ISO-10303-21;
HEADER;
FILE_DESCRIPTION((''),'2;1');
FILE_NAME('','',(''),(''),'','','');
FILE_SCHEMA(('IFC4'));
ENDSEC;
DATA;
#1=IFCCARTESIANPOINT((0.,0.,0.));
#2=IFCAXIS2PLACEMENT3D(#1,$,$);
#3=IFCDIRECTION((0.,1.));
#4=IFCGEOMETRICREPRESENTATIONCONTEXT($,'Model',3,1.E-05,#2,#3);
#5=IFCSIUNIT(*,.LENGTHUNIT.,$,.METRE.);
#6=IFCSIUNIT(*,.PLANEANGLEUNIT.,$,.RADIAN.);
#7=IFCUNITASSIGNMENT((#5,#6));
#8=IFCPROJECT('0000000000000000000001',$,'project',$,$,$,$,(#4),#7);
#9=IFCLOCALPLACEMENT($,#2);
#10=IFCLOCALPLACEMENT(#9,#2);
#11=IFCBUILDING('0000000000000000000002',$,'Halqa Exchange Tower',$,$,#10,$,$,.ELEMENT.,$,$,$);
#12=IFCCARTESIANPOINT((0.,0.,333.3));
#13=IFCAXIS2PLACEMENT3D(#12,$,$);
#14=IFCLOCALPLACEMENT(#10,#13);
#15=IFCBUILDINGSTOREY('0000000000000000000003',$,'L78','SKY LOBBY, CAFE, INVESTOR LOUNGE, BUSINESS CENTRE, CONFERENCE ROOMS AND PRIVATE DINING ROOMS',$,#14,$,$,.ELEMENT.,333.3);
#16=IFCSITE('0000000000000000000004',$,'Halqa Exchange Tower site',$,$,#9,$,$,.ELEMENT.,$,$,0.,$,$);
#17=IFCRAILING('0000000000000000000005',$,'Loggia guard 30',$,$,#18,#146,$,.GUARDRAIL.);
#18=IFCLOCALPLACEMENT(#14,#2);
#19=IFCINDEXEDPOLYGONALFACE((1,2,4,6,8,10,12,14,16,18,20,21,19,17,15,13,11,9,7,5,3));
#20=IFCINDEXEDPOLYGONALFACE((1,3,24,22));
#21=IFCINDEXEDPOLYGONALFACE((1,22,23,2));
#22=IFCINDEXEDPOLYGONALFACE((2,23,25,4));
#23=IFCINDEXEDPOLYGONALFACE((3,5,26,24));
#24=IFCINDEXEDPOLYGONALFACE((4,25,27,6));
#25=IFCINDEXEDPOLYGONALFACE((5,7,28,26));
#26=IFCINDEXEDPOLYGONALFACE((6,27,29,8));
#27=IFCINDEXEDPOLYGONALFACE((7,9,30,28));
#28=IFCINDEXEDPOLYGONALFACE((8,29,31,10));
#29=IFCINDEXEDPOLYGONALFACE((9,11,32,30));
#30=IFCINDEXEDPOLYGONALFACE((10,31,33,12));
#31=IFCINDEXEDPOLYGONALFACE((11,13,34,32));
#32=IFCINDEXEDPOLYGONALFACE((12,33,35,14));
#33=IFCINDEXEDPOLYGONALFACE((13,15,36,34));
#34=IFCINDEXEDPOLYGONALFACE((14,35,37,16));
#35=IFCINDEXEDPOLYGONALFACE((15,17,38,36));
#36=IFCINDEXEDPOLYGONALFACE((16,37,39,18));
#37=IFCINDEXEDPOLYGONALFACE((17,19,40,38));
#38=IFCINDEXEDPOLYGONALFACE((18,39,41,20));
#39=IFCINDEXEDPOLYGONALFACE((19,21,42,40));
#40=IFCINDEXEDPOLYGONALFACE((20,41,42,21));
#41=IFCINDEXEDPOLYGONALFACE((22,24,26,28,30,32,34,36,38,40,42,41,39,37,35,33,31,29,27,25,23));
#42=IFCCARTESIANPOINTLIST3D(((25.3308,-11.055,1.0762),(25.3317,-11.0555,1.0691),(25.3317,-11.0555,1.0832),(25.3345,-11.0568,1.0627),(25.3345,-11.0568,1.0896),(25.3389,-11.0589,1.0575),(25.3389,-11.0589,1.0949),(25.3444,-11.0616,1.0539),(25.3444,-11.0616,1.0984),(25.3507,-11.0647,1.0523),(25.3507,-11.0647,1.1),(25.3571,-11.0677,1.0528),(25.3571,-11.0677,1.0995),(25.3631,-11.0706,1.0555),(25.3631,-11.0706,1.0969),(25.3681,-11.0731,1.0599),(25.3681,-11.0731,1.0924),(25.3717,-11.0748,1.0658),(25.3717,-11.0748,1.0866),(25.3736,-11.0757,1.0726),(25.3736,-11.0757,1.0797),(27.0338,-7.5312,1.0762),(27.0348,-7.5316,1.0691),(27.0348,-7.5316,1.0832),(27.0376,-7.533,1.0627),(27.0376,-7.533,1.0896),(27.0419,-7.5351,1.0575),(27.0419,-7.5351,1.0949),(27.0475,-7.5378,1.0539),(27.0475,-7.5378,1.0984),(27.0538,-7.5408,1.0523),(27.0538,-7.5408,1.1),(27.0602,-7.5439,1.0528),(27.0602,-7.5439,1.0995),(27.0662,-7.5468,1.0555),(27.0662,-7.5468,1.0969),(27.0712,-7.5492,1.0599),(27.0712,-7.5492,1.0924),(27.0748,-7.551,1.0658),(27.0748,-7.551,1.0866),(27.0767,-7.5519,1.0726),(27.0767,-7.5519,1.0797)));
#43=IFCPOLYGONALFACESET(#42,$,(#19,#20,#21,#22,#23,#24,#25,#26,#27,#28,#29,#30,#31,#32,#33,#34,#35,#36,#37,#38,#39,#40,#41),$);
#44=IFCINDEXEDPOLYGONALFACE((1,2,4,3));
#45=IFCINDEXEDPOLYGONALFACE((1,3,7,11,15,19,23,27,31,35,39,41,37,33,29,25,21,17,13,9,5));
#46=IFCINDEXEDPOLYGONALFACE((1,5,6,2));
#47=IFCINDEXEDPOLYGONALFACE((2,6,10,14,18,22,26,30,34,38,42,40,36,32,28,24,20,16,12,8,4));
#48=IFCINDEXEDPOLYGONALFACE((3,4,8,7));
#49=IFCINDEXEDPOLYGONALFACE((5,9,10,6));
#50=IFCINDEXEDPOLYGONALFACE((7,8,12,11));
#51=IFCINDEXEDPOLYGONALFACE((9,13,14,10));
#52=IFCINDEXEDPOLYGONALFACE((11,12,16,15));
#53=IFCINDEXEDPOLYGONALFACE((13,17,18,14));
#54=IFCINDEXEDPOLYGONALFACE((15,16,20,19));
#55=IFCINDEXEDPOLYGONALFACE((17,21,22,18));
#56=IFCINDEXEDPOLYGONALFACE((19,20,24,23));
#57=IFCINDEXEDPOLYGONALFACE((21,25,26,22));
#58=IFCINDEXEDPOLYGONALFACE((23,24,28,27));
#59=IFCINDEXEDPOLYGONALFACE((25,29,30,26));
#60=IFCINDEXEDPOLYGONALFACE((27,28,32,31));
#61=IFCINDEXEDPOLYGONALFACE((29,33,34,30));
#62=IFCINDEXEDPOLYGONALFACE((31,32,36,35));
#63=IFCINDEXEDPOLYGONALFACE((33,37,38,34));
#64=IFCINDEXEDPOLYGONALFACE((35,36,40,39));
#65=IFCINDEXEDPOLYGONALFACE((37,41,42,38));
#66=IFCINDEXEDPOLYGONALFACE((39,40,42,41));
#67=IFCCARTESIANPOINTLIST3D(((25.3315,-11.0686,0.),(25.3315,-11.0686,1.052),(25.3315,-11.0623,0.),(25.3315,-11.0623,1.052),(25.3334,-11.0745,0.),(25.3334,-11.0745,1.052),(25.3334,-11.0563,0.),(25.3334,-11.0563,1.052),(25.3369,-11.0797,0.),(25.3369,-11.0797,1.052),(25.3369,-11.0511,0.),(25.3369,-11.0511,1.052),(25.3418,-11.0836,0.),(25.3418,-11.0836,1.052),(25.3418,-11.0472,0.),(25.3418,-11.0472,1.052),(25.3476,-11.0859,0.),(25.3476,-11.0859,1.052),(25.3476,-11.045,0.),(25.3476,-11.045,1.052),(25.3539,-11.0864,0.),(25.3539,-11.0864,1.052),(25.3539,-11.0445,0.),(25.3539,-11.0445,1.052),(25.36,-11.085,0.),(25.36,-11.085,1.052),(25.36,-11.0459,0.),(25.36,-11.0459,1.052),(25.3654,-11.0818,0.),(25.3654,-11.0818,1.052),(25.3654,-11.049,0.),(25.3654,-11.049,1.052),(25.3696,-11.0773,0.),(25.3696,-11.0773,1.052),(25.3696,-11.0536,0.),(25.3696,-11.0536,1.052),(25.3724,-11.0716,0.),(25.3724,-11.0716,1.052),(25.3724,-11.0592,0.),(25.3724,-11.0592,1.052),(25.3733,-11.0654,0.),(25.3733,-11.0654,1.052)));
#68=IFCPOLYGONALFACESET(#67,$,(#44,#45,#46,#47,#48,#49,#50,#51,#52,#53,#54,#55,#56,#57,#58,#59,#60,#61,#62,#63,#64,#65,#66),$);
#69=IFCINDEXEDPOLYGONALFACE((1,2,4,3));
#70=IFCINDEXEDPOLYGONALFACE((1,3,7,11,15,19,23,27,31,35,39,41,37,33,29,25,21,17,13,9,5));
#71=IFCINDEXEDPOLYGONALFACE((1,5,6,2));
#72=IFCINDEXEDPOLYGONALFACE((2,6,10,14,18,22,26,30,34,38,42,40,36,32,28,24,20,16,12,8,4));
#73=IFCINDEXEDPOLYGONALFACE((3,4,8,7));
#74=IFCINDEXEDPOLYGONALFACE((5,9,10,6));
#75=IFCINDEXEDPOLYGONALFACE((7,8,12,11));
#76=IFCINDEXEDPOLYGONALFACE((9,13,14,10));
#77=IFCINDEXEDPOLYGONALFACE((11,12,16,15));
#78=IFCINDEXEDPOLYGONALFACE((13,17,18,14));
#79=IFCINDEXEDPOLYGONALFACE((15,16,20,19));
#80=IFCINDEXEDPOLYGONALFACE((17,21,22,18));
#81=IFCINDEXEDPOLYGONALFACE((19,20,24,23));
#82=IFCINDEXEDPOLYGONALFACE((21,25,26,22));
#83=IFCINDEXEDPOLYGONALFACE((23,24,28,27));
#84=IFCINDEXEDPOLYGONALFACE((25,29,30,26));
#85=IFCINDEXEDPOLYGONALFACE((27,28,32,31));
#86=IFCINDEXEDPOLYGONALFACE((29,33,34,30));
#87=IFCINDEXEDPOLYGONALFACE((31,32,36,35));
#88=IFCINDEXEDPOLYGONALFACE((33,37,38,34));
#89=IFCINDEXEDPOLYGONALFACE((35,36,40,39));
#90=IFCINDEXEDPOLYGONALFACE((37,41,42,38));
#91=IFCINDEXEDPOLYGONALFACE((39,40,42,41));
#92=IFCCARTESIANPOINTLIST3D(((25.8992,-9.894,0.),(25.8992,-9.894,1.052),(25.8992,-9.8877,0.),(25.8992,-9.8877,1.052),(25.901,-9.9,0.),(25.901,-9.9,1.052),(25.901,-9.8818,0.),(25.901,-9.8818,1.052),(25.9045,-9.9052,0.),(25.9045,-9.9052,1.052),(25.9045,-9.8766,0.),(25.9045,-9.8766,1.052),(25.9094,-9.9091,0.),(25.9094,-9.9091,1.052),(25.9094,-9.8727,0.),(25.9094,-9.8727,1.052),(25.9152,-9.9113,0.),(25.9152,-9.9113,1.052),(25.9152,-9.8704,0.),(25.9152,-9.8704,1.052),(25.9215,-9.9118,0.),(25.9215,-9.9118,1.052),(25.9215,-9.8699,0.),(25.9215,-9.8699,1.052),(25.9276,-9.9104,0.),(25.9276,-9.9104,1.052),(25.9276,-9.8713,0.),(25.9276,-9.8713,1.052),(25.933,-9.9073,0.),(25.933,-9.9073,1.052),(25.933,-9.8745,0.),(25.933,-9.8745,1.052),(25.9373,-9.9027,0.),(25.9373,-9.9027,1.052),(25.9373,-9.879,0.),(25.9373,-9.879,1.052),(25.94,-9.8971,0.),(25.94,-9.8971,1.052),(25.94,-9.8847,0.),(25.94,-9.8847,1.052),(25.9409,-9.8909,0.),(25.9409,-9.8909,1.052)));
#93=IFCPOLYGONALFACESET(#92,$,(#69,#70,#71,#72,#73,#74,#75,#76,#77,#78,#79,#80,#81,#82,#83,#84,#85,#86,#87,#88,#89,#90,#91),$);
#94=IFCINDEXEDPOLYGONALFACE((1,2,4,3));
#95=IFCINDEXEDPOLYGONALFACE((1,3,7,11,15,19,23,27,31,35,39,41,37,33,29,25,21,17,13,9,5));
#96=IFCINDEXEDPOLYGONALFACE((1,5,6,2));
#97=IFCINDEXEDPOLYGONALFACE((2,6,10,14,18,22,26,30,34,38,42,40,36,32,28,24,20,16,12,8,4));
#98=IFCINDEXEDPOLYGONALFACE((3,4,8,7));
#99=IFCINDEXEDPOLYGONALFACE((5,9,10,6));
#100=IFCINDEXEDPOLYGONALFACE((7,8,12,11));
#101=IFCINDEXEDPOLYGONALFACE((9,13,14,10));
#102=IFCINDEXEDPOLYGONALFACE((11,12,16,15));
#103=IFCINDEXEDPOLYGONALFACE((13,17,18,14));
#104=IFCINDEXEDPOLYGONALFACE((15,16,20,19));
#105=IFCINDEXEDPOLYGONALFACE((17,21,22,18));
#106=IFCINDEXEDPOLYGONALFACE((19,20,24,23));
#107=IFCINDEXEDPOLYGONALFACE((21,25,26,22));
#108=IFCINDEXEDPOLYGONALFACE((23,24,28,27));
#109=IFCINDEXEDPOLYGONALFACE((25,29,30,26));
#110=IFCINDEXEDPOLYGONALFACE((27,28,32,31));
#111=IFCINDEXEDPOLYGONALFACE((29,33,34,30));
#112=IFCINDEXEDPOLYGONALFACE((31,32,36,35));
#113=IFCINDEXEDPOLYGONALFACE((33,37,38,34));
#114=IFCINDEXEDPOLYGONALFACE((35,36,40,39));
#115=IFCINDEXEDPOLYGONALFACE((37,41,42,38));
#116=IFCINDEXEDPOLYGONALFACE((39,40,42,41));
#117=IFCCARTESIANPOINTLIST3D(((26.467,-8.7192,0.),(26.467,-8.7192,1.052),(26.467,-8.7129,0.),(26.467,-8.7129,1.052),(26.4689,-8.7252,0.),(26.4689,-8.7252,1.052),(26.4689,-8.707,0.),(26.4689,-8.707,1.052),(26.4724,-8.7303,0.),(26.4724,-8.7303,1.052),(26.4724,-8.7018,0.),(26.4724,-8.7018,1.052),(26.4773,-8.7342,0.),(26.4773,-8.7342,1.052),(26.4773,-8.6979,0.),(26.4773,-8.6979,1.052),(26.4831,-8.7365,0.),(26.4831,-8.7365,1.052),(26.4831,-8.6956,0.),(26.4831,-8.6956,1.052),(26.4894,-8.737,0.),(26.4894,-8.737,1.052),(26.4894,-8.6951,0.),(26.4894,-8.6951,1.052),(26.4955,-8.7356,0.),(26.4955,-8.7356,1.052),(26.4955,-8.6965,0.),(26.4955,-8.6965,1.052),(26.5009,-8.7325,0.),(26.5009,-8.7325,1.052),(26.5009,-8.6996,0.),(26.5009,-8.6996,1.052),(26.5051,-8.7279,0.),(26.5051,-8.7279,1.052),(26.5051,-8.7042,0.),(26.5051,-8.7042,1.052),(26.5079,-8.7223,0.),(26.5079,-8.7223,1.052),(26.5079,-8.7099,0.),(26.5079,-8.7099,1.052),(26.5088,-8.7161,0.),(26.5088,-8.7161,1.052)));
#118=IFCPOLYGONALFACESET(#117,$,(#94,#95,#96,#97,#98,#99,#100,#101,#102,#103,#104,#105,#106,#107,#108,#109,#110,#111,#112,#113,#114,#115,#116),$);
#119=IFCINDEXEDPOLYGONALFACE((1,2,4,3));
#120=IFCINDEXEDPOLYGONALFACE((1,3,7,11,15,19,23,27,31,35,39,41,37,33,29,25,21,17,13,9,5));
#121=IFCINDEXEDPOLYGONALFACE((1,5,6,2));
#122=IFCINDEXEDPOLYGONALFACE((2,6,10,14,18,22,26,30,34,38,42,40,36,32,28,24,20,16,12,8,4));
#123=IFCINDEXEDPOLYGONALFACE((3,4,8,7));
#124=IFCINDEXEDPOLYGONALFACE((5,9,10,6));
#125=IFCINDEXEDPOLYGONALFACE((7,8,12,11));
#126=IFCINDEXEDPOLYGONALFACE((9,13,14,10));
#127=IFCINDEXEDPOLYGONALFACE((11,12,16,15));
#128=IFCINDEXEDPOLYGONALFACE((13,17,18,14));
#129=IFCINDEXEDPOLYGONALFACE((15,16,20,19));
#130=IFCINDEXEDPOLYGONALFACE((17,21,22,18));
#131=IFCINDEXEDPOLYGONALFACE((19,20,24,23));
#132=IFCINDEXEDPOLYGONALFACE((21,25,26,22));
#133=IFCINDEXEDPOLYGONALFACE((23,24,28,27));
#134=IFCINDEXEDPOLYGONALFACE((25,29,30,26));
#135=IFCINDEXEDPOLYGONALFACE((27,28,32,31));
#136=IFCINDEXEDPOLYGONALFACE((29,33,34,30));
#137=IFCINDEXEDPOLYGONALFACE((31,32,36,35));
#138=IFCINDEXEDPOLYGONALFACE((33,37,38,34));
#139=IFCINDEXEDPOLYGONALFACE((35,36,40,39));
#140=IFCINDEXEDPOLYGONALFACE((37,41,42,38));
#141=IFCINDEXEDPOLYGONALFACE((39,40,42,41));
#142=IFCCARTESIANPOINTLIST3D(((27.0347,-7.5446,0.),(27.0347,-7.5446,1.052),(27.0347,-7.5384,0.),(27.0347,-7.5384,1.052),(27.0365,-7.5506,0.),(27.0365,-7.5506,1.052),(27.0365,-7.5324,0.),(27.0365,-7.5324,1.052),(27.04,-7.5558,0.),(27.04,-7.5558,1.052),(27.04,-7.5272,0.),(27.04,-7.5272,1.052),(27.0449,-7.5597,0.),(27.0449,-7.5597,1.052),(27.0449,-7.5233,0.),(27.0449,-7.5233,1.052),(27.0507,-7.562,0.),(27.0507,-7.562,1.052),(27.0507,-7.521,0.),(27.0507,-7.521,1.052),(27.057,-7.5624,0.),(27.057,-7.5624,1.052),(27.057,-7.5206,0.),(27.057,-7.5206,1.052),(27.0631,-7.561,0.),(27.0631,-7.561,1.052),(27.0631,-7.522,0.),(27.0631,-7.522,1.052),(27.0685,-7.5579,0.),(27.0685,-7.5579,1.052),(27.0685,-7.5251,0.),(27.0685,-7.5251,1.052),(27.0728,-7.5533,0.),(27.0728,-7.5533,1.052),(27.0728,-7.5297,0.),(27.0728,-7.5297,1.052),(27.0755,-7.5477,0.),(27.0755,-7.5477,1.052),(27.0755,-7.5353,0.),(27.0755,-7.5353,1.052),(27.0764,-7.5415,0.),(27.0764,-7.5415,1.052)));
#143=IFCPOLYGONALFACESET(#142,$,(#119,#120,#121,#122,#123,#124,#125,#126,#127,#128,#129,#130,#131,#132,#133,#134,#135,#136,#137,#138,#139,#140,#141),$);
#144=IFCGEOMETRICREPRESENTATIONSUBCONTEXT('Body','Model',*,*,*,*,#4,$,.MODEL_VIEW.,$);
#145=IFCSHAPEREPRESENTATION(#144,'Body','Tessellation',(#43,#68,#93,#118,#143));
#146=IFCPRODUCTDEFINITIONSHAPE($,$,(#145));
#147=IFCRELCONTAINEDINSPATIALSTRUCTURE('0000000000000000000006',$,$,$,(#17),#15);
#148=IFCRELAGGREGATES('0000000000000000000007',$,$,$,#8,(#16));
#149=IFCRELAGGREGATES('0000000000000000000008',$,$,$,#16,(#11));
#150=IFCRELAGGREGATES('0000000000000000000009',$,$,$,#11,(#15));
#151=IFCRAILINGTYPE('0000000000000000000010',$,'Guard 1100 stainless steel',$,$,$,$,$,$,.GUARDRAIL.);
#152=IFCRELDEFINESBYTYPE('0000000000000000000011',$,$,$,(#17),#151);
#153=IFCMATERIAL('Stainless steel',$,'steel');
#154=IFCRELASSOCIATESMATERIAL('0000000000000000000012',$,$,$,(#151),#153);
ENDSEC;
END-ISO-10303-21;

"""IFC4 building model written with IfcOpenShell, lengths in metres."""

from ifc_helpers import new_model, si_unit, direction, frame, origin, origin_2d, place, context, subcontext, project, spatial, circle, extrude, material, type_object, element, save


model = new_model("IFC4")

# Units and contexts
model_context = context("Model", 3, precision=1e-05, world=origin(), true_north=direction((0.0, 1.0)))
body_context = subcontext(model_context, "Body", "Model", "MODEL_VIEW")
ifc_project = project(units=[si_unit("LENGTHUNIT", "METRE"), si_unit("PLANEANGLEUNIT", "RADIAN")], contexts=[model_context])

# Site, building, storey
site_placement = place(None, origin())
site = spatial("IfcSite", under=ifc_project, at=site_placement, Name="Halqa Exchange Tower site", CompositionType="ELEMENT", RefElevation=0.0)
building_placement = place(site_placement, origin())
building = spatial("IfcBuilding", under=site, at=building_placement, Name="Halqa Exchange Tower", CompositionType="ELEMENT")
storey_placement = place(building_placement, frame((0.0, 0.0, 333.3)))
storey = spatial("IfcBuildingStorey", under=building, at=storey_placement, Name="L78", Description="SKY LOBBY, CAFE, INVESTOR LOUNGE, BUSINESS CENTRE, CONFERENCE ROOMS AND PRIVATE DINING ROOMS", CompositionType="ELEMENT", Elevation=333.3)

# Railing
ifc_material_1 = material(Name="Stainless steel", Category="steel")
railing_type = type_object("IfcRailingType", Name="Guard 1100 stainless steel", PredefinedType="GUARDRAIL", material=ifc_material_1)
railing_1_placement = place(storey_placement, frame((25.3523, -11.0654, 0.0)))
element("IfcRailing", 1, at=railing_1_placement, inside=storey, type_object=railing_type, Name="Loggia guard 30", PredefinedType="GUARDRAIL", context=body_context, shape_type="SweptSolid", body=[
    extrude(circle(Radius=0.0239, at=origin_2d()), frame((0.0, 0.0, 1.0762), z_axis=(0.435147, 0.90036, 0.0), x_axis=(-0.90036, 0.435147, 0.0)), (0.0, 0.0, 1.0), 3.9138),
    extrude(circle(Radius=0.021, at=origin_2d()), origin(), (0.0, 0.0, 1.0), 1.052),
    extrude(circle(Radius=0.021, at=origin_2d()), frame((0.5676, 1.1746, 0.0)), (0.0, 0.0, 1.0), 1.052),
    extrude(circle(Radius=0.021, at=origin_2d()), frame((1.1355, 2.3494, 0.0)), (0.0, 0.0, 1.0), 1.052),
    extrude(circle(Radius=0.021, at=origin_2d()), frame((1.7031, 3.5239, 0.0)), (0.0, 0.0, 1.0), 1.052),
])

save(model, "model.ifc")
